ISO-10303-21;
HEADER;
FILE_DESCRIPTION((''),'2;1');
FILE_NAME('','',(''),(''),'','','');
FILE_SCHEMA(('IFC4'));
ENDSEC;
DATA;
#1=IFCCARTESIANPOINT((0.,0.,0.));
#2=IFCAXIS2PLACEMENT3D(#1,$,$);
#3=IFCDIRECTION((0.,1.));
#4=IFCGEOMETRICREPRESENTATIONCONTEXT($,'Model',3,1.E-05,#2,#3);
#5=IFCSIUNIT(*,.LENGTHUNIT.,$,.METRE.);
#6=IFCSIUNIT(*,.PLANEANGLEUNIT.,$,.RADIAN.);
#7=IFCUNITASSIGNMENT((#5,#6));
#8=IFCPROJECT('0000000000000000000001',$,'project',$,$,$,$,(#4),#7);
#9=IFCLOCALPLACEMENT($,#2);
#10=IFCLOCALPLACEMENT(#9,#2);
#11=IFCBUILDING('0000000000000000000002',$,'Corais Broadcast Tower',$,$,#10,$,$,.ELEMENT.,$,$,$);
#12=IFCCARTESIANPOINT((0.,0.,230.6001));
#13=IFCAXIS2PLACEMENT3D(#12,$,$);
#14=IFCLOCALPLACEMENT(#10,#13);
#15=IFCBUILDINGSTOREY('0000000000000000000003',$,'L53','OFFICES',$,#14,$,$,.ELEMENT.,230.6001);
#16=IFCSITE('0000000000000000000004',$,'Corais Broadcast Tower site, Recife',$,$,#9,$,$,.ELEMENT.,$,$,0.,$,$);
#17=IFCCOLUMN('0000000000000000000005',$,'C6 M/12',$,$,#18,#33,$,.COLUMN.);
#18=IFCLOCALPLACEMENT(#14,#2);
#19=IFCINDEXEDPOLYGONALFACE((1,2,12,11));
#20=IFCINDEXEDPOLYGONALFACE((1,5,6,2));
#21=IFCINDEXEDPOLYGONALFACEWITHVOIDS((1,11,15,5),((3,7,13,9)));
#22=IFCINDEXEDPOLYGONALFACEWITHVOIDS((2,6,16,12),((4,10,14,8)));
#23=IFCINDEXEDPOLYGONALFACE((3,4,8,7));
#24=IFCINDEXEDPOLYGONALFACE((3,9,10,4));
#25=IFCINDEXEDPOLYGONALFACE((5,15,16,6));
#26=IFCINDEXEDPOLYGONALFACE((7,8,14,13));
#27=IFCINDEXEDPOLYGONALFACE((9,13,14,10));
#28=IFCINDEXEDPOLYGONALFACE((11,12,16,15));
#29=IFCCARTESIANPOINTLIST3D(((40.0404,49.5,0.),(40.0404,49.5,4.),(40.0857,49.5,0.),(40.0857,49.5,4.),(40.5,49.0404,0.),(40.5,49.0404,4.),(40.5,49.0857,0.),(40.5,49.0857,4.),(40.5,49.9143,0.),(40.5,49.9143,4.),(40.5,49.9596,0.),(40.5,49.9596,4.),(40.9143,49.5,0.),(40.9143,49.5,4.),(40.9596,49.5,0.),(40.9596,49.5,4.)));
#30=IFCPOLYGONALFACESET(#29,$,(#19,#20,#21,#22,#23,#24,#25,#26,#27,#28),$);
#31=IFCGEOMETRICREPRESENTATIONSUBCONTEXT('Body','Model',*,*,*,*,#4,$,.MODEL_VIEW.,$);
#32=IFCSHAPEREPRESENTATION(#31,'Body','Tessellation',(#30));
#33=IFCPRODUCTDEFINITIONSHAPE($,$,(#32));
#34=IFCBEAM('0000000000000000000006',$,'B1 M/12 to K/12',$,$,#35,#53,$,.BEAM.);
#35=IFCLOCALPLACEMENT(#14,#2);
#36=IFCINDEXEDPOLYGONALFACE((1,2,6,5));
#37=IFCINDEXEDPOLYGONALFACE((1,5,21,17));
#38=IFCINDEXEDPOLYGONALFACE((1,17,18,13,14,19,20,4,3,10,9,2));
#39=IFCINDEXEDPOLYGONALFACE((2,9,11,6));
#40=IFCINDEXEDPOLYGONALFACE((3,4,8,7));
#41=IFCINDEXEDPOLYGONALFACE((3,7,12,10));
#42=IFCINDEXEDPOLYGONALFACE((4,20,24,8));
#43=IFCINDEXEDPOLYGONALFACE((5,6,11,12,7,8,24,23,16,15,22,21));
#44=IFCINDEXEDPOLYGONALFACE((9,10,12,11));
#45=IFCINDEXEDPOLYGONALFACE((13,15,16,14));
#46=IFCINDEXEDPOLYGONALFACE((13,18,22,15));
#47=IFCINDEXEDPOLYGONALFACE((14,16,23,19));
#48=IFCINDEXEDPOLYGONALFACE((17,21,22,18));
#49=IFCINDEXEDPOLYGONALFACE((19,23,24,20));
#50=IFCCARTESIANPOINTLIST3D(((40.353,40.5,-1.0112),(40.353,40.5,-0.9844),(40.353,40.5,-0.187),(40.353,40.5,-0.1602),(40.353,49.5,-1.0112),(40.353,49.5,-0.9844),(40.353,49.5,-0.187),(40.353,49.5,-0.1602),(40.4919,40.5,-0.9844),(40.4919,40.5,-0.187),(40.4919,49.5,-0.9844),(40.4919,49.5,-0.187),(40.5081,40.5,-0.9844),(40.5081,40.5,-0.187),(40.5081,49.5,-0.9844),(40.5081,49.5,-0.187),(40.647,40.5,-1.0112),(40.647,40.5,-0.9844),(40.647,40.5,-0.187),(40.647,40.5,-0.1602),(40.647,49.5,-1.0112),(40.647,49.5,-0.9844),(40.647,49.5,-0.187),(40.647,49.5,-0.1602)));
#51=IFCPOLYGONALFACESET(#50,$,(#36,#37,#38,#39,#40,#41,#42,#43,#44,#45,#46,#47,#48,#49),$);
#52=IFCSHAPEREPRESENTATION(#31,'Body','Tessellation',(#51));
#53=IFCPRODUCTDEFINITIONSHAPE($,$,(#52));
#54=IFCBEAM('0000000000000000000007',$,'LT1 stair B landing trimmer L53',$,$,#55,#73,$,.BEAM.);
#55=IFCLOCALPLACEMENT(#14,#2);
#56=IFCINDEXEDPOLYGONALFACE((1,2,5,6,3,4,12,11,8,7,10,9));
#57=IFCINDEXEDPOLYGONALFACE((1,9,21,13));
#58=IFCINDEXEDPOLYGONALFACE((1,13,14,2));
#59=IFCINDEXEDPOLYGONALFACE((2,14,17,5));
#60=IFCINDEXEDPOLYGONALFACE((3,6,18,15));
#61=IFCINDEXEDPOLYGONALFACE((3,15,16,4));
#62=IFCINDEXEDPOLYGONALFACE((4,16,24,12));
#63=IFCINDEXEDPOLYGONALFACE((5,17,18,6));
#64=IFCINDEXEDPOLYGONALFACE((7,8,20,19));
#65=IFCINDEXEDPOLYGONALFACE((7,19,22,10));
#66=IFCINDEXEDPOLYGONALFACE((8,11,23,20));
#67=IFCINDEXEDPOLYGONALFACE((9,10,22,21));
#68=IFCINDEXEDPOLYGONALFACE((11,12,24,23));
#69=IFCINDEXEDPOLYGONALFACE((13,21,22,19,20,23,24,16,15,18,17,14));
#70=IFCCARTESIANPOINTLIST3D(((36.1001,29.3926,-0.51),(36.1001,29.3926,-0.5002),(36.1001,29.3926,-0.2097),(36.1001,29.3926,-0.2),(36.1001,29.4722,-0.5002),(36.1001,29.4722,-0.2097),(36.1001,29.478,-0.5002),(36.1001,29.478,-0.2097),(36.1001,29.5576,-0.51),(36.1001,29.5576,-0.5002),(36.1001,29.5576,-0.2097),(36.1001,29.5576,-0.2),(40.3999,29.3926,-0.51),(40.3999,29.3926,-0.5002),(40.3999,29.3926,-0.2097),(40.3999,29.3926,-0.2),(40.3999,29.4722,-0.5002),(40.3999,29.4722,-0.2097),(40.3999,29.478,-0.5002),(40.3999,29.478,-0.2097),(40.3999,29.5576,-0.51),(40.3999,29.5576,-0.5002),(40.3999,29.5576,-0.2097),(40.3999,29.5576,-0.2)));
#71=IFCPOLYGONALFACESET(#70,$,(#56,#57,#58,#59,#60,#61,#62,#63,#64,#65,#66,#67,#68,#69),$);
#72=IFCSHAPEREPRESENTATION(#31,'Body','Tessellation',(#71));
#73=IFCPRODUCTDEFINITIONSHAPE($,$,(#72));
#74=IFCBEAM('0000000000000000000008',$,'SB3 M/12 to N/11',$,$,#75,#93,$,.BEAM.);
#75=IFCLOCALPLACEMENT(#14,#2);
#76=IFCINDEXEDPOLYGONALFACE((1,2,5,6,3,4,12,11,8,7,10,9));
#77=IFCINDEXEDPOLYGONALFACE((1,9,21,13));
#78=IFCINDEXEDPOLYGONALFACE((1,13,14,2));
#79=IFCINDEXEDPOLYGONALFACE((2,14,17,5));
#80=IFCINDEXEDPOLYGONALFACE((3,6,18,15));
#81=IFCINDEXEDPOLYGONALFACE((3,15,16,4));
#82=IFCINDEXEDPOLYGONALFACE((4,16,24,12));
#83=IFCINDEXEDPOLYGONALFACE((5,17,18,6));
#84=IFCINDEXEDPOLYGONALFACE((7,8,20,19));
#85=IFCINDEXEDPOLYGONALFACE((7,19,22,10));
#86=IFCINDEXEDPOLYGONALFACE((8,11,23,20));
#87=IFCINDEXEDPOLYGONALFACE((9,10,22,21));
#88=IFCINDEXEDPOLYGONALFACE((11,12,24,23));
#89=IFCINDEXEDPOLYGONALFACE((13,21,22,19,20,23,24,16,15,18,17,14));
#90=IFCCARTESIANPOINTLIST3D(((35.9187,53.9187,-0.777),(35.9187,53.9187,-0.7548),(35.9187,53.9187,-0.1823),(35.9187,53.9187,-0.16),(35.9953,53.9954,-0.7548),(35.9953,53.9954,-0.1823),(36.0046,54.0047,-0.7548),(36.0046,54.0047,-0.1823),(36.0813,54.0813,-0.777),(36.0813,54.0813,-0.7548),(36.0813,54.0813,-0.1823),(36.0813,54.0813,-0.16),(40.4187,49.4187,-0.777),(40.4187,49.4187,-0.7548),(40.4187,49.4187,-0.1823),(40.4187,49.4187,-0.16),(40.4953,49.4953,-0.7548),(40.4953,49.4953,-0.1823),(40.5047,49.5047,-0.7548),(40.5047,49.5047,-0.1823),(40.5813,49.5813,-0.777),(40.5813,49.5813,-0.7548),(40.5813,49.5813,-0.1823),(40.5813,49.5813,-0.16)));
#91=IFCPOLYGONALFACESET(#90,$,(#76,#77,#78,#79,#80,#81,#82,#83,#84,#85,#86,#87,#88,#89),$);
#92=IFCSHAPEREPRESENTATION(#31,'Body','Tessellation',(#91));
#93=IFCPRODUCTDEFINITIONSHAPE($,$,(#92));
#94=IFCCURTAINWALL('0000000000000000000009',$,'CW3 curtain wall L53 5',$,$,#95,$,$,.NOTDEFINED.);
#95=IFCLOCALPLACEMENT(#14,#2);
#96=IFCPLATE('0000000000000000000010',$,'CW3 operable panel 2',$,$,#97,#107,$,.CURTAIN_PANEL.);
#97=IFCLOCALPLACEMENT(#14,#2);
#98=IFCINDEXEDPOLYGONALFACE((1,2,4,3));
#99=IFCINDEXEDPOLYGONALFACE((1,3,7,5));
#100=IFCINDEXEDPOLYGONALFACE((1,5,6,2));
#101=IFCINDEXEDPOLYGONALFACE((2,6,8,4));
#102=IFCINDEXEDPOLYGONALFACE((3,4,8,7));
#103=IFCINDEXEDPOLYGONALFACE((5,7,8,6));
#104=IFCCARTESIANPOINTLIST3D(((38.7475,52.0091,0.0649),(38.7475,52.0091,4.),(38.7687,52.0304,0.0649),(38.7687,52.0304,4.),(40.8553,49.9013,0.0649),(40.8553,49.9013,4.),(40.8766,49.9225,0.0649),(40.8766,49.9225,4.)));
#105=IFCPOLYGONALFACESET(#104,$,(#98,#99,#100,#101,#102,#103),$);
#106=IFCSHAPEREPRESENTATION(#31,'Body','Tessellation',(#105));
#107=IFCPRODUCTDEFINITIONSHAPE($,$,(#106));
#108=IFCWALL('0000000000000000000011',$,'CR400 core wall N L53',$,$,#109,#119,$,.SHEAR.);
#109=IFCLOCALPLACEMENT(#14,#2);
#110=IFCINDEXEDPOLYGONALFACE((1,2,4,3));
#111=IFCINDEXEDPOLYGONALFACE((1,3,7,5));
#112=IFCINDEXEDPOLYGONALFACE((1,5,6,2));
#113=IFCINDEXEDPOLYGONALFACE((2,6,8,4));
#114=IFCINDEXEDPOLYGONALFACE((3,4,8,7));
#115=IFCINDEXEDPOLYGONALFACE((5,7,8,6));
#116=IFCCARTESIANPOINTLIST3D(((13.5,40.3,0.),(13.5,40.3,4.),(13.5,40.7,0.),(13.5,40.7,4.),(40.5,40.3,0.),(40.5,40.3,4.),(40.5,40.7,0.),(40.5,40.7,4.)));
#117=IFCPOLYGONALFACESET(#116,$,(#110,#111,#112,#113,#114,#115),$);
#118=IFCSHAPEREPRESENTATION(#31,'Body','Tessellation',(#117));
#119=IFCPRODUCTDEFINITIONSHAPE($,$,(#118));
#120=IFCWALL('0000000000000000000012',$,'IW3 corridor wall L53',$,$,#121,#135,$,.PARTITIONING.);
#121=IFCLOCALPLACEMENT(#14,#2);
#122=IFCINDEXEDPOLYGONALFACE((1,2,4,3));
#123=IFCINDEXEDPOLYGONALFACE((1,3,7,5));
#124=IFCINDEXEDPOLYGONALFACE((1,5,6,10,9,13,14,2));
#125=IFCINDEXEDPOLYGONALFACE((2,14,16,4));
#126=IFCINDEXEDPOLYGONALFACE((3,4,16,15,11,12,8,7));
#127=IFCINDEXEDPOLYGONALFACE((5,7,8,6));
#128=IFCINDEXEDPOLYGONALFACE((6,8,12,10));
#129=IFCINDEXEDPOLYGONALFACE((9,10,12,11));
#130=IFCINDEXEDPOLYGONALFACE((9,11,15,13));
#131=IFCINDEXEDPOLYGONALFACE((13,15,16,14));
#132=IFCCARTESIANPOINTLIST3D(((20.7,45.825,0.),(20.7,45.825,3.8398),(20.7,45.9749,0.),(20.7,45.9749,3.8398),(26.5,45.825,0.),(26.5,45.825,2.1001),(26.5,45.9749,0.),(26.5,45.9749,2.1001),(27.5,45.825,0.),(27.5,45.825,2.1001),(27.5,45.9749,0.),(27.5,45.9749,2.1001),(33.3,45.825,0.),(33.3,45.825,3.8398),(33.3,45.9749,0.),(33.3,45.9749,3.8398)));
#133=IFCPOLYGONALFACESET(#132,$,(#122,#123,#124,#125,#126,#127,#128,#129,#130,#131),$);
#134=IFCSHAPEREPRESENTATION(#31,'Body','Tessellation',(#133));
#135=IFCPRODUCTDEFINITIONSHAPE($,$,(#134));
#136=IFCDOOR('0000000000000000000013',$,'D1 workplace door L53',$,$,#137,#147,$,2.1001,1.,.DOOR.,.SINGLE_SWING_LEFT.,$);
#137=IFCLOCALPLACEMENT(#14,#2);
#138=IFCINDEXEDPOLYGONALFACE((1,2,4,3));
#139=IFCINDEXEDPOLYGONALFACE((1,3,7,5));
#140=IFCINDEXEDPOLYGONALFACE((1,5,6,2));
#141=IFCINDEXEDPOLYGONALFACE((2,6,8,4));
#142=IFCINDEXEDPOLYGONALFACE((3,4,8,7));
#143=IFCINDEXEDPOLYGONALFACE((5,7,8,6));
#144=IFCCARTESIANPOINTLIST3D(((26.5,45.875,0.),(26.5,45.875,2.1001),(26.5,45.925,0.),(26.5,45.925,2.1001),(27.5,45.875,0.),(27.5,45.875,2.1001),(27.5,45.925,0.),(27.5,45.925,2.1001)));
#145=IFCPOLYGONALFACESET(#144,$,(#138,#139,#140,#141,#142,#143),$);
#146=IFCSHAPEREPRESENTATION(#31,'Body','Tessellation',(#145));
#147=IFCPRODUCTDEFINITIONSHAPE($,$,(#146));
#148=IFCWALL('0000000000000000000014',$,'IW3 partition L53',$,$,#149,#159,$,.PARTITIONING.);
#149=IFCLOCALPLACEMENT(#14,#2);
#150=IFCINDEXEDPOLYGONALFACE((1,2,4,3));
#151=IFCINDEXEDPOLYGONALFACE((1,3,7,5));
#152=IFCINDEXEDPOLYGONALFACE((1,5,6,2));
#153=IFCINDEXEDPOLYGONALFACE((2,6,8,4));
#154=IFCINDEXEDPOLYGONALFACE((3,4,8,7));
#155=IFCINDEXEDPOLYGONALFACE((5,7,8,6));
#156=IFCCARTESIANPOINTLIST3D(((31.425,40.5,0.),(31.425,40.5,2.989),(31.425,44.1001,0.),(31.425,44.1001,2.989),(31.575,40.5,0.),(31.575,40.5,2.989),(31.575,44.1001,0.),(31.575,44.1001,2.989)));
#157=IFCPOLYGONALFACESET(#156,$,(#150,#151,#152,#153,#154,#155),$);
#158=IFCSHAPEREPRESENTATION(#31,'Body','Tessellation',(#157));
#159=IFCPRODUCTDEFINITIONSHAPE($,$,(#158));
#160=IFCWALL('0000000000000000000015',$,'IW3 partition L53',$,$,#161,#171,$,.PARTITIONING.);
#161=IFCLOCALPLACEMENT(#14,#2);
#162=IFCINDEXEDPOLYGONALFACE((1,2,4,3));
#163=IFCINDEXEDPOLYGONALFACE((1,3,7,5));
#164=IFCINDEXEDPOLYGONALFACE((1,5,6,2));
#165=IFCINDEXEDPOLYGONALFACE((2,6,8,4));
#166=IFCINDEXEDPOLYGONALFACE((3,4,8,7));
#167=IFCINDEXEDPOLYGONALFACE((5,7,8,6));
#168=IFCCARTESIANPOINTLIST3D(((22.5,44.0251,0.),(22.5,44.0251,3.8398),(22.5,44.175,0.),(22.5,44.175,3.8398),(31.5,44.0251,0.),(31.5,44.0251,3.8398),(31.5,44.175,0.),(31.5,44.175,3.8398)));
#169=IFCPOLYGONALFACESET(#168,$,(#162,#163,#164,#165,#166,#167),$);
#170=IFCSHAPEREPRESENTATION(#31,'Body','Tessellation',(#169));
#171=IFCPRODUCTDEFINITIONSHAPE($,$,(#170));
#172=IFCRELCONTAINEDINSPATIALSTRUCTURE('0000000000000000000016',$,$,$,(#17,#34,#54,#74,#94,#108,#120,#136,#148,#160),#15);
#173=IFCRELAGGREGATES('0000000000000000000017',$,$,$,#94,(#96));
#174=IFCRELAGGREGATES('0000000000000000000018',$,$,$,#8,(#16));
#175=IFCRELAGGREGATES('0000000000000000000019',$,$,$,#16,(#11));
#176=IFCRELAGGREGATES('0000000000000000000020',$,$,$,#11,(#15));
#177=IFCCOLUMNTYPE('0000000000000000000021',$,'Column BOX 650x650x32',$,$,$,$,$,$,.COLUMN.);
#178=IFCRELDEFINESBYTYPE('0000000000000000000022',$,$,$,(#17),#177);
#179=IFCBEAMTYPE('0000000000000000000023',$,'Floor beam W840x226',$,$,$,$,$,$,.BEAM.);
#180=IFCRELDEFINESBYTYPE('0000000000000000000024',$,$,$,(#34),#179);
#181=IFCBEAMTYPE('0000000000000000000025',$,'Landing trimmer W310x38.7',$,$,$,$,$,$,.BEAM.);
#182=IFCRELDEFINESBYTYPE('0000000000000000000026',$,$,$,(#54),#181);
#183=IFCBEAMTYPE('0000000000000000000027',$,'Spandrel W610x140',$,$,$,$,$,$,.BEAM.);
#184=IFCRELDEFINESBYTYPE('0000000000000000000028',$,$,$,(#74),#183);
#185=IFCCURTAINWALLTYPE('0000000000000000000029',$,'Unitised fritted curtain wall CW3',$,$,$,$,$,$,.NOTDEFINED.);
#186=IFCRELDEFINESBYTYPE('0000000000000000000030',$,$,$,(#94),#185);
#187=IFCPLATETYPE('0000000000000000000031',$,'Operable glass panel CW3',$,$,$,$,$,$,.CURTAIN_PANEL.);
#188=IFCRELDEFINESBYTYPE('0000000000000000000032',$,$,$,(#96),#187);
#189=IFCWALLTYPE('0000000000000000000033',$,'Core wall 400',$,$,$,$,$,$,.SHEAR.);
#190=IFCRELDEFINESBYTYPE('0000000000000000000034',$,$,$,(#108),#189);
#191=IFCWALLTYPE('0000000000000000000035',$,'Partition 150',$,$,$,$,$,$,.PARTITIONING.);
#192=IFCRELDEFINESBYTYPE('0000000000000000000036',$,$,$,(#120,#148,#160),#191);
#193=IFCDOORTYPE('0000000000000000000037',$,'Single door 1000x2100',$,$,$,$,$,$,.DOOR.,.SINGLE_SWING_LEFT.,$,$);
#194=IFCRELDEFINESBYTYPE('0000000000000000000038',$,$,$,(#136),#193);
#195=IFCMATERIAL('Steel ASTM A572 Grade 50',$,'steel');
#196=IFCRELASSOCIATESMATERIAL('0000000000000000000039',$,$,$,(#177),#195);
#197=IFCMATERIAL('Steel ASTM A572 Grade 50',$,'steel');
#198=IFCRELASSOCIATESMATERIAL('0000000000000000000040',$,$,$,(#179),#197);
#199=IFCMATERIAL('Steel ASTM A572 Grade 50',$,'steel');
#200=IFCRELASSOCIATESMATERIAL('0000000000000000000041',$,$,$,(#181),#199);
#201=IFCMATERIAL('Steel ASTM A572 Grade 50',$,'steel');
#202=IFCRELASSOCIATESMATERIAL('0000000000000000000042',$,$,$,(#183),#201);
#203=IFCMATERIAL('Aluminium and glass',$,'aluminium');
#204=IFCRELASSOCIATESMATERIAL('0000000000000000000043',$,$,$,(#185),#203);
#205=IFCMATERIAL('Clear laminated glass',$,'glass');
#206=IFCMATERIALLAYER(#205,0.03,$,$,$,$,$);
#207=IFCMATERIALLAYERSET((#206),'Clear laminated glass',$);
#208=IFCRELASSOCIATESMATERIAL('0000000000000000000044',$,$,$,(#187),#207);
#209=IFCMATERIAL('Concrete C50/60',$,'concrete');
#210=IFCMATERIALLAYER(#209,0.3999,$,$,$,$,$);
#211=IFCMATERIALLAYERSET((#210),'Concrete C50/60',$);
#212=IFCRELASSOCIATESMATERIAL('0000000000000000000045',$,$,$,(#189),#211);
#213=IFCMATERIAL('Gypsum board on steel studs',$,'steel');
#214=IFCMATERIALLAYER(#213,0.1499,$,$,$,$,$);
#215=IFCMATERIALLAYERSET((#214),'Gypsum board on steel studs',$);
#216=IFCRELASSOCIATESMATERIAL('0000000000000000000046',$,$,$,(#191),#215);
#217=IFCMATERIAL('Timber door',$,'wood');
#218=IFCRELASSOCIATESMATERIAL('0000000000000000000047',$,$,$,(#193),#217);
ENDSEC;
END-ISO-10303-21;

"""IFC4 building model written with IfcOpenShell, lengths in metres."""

from ifc_helpers import new_model, si_unit, direction, frame, frame_2d, origin, origin_2d, place, context, subcontext, project, spatial, rectangle, hollow_rectangle, i_section, extrude, material, layer, layer_set, material_profile, profile_set, type_object, element, fill, aggregate, save


model = new_model("IFC4")

# Units and contexts
model_context = context("Model", 3, precision=1e-05, world=origin(), true_north=direction((0.0, 1.0)))
body_context = subcontext(model_context, "Body", "Model", "MODEL_VIEW")
ifc_project = project(units=[si_unit("LENGTHUNIT", "METRE"), si_unit("PLANEANGLEUNIT", "RADIAN")], contexts=[model_context])

# Site, building, storey
site_placement = place(None, origin())
site = spatial("IfcSite", under=ifc_project, at=site_placement, Name="Corais Broadcast Tower site, Recife", CompositionType="ELEMENT", RefElevation=0.0)
building_placement = place(site_placement, origin())
building = spatial("IfcBuilding", under=site, at=building_placement, Name="Corais Broadcast Tower", CompositionType="ELEMENT")
storey_placement = place(building_placement, frame((0.0, 0.0, 230.6001)))
storey = spatial("IfcBuildingStorey", under=building, at=storey_placement, Name="L53", Description="OFFICES", CompositionType="ELEMENT", Elevation=230.6001)

# Column
ifc_material_1 = material(Name="Steel ASTM A572 Grade 50", Category="steel")
ifc_material_profile_1 = material_profile(ifc_material_1, hollow_rectangle(XDim=0.6499, YDim=0.6499, WallThickness=0.032, at=origin_2d()), Name="BOX 650x650x32")
ifc_profile_set_1 = profile_set([ifc_material_profile_1], Name="Steel ASTM A572 Grade 50")
column_type = type_object("IfcColumnType", Name="Column BOX 650x650x32", PredefinedType="COLUMN", material=ifc_profile_set_1)
column_placement = place(storey_placement, frame((40.5, 49.5, 0.0), z_axis=(0.0, 0.0, 1.0), x_axis=(0.707107, 0.707107, 0.0)))
element("IfcColumn", 1, at=column_placement, inside=storey, type_object=column_type, Name="C6 M/12", PredefinedType="COLUMN", context=body_context, shape_type="SweptSolid", body=[
    extrude(hollow_rectangle(XDim=0.6499, YDim=0.6499, WallThickness=0.032, at=origin_2d()), origin(), (0.0, 0.0, 1.0), 4.0),
])

# Beams
ifc_material_2 = material(Name="Steel ASTM A572 Grade 50", Category="steel")
ifc_material_profile_2 = material_profile(ifc_material_2, i_section(OverallWidth=0.2939, OverallDepth=0.8511, WebThickness=0.0161, FlangeThickness=0.0269, at=origin_2d()), Name="W840x226")
ifc_profile_set_2 = profile_set([ifc_material_profile_2], Name="Steel ASTM A572 Grade 50")
beam_type_1 = type_object("IfcBeamType", Name="Floor beam W840x226", PredefinedType="BEAM", material=ifc_profile_set_2)
beam_1_placement = place(storey_placement, frame((40.5, 49.5, -0.5857), z_axis=(0.0, -1.0, 0.0), x_axis=(1.0, 0.0, 0.0)))
element("IfcBeam", 2, at=beam_1_placement, inside=storey, type_object=beam_type_1, Name="B1 M/12 to K/12", PredefinedType="BEAM", context=body_context, shape_type="SweptSolid", body=[
    extrude(i_section(OverallWidth=0.2939, OverallDepth=0.8511, WebThickness=0.0161, FlangeThickness=0.0269, at=origin_2d()), origin(), (0.0, 0.0, 1.0), 9.0),
])
ifc_material_3 = material(Name="Steel ASTM A572 Grade 50", Category="steel")
ifc_material_profile_3 = material_profile(ifc_material_3, i_section(OverallWidth=0.165, OverallDepth=0.3101, WebThickness=0.0059, FlangeThickness=0.0098, at=origin_2d()), Name="W310x38.7")
ifc_profile_set_3 = profile_set([ifc_material_profile_3], Name="Steel ASTM A572 Grade 50")
beam_type_2 = type_object("IfcBeamType", Name="Landing trimmer W310x38.7", PredefinedType="BEAM", material=ifc_profile_set_3)
beam_2_placement = place(storey_placement, frame((36.1001, 29.4751, -0.355), z_axis=(1.0, 0.0, 0.0), x_axis=(0.0, 1.0, 0.0)))
element("IfcBeam", 3, at=beam_2_placement, inside=storey, type_object=beam_type_2, Name="LT1 stair B landing trimmer L53", PredefinedType="BEAM", context=body_context, shape_type="SweptSolid", body=[
    extrude(i_section(OverallWidth=0.165, OverallDepth=0.3101, WebThickness=0.0059, FlangeThickness=0.0098, at=origin_2d()), origin(), (0.0, 0.0, 1.0), 4.2998),
])
ifc_material_4 = material(Name="Steel ASTM A572 Grade 50", Category="steel")
ifc_material_profile_4 = material_profile(ifc_material_4, i_section(OverallWidth=0.23, OverallDepth=0.6169, WebThickness=0.0132, FlangeThickness=0.0222, at=origin_2d()), Name="W610x140")
ifc_profile_set_4 = profile_set([ifc_material_profile_4], Name="Steel ASTM A572 Grade 50")
beam_type_3 = type_object("IfcBeamType", Name="Spandrel W610x140", PredefinedType="BEAM", material=ifc_profile_set_4)
beam_3_placement = place(storey_placement, frame((40.5, 49.5, -0.4685), z_axis=(-0.707107, 0.707107, 0.0), x_axis=(-0.707107, -0.707107, 0.0)))
element("IfcBeam", 4, at=beam_3_placement, inside=storey, type_object=beam_type_3, Name="SB3 M/12 to N/11", PredefinedType="BEAM", context=body_context, shape_type="SweptSolid", body=[
    extrude(i_section(OverallWidth=0.23, OverallDepth=0.6169, WebThickness=0.0132, FlangeThickness=0.0222, at=origin_2d()), origin(), (0.0, 0.0, 1.0), 6.364),
])

# Curtain wall, plate
ifc_material_5 = material(Name="Aluminium and glass", Category="aluminium")
curtain_wall_type = type_object("IfcCurtainWallType", Name="Unitised fritted curtain wall CW3", PredefinedType="NOTDEFINED", material=ifc_material_5)
curtain_wall_placement = place(storey_placement, origin())
curtain_wall = element("IfcCurtainWall", 5, at=curtain_wall_placement, inside=storey, type_object=curtain_wall_type, Name="CW3 curtain wall L53 5", PredefinedType="NOTDEFINED")
ifc_material_6 = material(Name="Clear laminated glass", Category="glass")
ifc_layer_1 = layer(ifc_material_6, 0.03)
ifc_layer_set_1 = layer_set([ifc_layer_1], Name="Clear laminated glass")
plate_type = type_object("IfcPlateType", Name="Operable glass panel CW3", PredefinedType="CURTAIN_PANEL", material=ifc_layer_set_1)
plate_placement = place(storey_placement, frame((39.812, 50.9658, 0.0649), z_axis=(0.0, 0.0, 1.0), x_axis=(0.707107, -0.707107, 0.0)))
plate = element("IfcPlate", 6, at=plate_placement, type_object=plate_type, Name="CW3 operable panel 2", PredefinedType="CURTAIN_PANEL", context=body_context, shape_type="SweptSolid", body=[
    extrude(rectangle(XDim=2.981, YDim=0.03, at=origin_2d()), origin(), (0.0, 0.0, 1.0), 3.9351),
])
aggregate(curtain_wall, [plate])

# Wall
ifc_material_7 = material(Name="Concrete C50/60", Category="concrete")
ifc_layer_2 = layer(ifc_material_7, 0.3999)
ifc_layer_set_2 = layer_set([ifc_layer_2], Name="Concrete C50/60")
wall_type_1 = type_object("IfcWallType", Name="Core wall 400", PredefinedType="SHEAR", material=ifc_layer_set_2)
wall_1_placement = place(storey_placement, frame((40.5, 40.5, 0.0), z_axis=(0.0, 0.0, 1.0), x_axis=(-1.0, 0.0, 0.0)))
element("IfcWall", 7, at=wall_1_placement, inside=storey, type_object=wall_type_1, Name="CR400 core wall N L53", PredefinedType="SHEAR", context=body_context, shape_type="SweptSolid", body=[
    extrude(rectangle(XDim=27.0, YDim=0.3999, at=frame_2d((13.5, 0.0))), origin(), (0.0, 0.0, 1.0), 4.0),
])

# Wall, opening, door
ifc_material_8 = material(Name="Gypsum board on steel studs", Category="steel")
ifc_layer_3 = layer(ifc_material_8, 0.1499)
ifc_layer_set_3 = layer_set([ifc_layer_3], Name="Gypsum board on steel studs")
wall_type_2 = type_object("IfcWallType", Name="Partition 150", PredefinedType="PARTITIONING", material=ifc_layer_set_3)
wall_2_placement = place(storey_placement, frame((33.3, 45.8999, 0.0), z_axis=(0.0, 0.0, 1.0), x_axis=(-1.0, 0.0, 0.0)))
wall_2 = element("IfcWall", 8, at=wall_2_placement, inside=storey, type_object=wall_type_2, Name="IW3 corridor wall L53", PredefinedType="PARTITIONING", context=body_context, shape_type="SweptSolid", body=[
    extrude(rectangle(XDim=12.6001, YDim=0.1499, at=frame_2d((6.3, 0.0))), origin(), (0.0, 0.0, 1.0), 3.8398),
])
opening_1_placement = place(wall_2_placement, frame((5.8, 0.0, 0.0)))
opening_1 = element("IfcOpeningElement", 9, at=opening_1_placement, cuts=wall_2, PredefinedType="OPENING", context=body_context, shape_type="SweptSolid", body=[
    extrude(rectangle(XDim=1.0, YDim=2.1001, at=frame_2d((0.5, 1.05))), frame((0.0, 0.085, 0.0), z_axis=(0.0, -1.0, 0.0), x_axis=(1.0, 0.0, 0.0)), (0.0, 0.0, 1.0), 0.1699),
])
ifc_material_9 = material(Name="Timber door", Category="wood")
door_type = type_object("IfcDoorType", Name="Single door 1000x2100", OperationType="SINGLE_SWING_LEFT", PredefinedType="DOOR", material=ifc_material_9)
door_1_placement = place(opening_1_placement, origin())
door_1 = element("IfcDoor", 10, at=door_1_placement, inside=storey, type_object=door_type, Name="D1 workplace door L53", OperationType="SINGLE_SWING_LEFT", OverallHeight=2.1001, OverallWidth=1.0, PredefinedType="DOOR", context=body_context, shape_type="SweptSolid", body=[
    extrude(rectangle(XDim=1.0, YDim=2.1001, at=frame_2d((0.5, 1.05))), frame((0.0, 0.0249, 0.0), z_axis=(0.0, -1.0, 0.0), x_axis=(1.0, 0.0, 0.0)), (0.0, 0.0, 1.0), 0.05),
])
fill(opening_1, door_1)

# Walls
wall_3_placement = place(storey_placement, frame((31.5, 40.5, 0.0), z_axis=(0.0, 0.0, 1.0), x_axis=(0.0, 1.0, 0.0)))
element("IfcWall", 11, at=wall_3_placement, inside=storey, type_object=wall_type_2, Name="IW3 partition L53", PredefinedType="PARTITIONING", context=body_context, shape_type="SweptSolid", body=[
    extrude(rectangle(XDim=3.6001, YDim=0.1499, at=frame_2d((1.8, 0.0))), origin(), (0.0, 0.0, 1.0), 2.989),
])
wall_4_placement = place(storey_placement, frame((31.5, 44.1001, 0.0), z_axis=(0.0, 0.0, 1.0), x_axis=(-1.0, 0.0, 0.0)))
element("IfcWall", 12, at=wall_4_placement, inside=storey, type_object=wall_type_2, Name="IW3 partition L53", PredefinedType="PARTITIONING", context=body_context, shape_type="SweptSolid", body=[
    extrude(rectangle(XDim=9.0, YDim=0.1499, at=frame_2d((4.5, 0.0))), origin(), (0.0, 0.0, 1.0), 3.8398),
])

save(model, "model.ifc")
